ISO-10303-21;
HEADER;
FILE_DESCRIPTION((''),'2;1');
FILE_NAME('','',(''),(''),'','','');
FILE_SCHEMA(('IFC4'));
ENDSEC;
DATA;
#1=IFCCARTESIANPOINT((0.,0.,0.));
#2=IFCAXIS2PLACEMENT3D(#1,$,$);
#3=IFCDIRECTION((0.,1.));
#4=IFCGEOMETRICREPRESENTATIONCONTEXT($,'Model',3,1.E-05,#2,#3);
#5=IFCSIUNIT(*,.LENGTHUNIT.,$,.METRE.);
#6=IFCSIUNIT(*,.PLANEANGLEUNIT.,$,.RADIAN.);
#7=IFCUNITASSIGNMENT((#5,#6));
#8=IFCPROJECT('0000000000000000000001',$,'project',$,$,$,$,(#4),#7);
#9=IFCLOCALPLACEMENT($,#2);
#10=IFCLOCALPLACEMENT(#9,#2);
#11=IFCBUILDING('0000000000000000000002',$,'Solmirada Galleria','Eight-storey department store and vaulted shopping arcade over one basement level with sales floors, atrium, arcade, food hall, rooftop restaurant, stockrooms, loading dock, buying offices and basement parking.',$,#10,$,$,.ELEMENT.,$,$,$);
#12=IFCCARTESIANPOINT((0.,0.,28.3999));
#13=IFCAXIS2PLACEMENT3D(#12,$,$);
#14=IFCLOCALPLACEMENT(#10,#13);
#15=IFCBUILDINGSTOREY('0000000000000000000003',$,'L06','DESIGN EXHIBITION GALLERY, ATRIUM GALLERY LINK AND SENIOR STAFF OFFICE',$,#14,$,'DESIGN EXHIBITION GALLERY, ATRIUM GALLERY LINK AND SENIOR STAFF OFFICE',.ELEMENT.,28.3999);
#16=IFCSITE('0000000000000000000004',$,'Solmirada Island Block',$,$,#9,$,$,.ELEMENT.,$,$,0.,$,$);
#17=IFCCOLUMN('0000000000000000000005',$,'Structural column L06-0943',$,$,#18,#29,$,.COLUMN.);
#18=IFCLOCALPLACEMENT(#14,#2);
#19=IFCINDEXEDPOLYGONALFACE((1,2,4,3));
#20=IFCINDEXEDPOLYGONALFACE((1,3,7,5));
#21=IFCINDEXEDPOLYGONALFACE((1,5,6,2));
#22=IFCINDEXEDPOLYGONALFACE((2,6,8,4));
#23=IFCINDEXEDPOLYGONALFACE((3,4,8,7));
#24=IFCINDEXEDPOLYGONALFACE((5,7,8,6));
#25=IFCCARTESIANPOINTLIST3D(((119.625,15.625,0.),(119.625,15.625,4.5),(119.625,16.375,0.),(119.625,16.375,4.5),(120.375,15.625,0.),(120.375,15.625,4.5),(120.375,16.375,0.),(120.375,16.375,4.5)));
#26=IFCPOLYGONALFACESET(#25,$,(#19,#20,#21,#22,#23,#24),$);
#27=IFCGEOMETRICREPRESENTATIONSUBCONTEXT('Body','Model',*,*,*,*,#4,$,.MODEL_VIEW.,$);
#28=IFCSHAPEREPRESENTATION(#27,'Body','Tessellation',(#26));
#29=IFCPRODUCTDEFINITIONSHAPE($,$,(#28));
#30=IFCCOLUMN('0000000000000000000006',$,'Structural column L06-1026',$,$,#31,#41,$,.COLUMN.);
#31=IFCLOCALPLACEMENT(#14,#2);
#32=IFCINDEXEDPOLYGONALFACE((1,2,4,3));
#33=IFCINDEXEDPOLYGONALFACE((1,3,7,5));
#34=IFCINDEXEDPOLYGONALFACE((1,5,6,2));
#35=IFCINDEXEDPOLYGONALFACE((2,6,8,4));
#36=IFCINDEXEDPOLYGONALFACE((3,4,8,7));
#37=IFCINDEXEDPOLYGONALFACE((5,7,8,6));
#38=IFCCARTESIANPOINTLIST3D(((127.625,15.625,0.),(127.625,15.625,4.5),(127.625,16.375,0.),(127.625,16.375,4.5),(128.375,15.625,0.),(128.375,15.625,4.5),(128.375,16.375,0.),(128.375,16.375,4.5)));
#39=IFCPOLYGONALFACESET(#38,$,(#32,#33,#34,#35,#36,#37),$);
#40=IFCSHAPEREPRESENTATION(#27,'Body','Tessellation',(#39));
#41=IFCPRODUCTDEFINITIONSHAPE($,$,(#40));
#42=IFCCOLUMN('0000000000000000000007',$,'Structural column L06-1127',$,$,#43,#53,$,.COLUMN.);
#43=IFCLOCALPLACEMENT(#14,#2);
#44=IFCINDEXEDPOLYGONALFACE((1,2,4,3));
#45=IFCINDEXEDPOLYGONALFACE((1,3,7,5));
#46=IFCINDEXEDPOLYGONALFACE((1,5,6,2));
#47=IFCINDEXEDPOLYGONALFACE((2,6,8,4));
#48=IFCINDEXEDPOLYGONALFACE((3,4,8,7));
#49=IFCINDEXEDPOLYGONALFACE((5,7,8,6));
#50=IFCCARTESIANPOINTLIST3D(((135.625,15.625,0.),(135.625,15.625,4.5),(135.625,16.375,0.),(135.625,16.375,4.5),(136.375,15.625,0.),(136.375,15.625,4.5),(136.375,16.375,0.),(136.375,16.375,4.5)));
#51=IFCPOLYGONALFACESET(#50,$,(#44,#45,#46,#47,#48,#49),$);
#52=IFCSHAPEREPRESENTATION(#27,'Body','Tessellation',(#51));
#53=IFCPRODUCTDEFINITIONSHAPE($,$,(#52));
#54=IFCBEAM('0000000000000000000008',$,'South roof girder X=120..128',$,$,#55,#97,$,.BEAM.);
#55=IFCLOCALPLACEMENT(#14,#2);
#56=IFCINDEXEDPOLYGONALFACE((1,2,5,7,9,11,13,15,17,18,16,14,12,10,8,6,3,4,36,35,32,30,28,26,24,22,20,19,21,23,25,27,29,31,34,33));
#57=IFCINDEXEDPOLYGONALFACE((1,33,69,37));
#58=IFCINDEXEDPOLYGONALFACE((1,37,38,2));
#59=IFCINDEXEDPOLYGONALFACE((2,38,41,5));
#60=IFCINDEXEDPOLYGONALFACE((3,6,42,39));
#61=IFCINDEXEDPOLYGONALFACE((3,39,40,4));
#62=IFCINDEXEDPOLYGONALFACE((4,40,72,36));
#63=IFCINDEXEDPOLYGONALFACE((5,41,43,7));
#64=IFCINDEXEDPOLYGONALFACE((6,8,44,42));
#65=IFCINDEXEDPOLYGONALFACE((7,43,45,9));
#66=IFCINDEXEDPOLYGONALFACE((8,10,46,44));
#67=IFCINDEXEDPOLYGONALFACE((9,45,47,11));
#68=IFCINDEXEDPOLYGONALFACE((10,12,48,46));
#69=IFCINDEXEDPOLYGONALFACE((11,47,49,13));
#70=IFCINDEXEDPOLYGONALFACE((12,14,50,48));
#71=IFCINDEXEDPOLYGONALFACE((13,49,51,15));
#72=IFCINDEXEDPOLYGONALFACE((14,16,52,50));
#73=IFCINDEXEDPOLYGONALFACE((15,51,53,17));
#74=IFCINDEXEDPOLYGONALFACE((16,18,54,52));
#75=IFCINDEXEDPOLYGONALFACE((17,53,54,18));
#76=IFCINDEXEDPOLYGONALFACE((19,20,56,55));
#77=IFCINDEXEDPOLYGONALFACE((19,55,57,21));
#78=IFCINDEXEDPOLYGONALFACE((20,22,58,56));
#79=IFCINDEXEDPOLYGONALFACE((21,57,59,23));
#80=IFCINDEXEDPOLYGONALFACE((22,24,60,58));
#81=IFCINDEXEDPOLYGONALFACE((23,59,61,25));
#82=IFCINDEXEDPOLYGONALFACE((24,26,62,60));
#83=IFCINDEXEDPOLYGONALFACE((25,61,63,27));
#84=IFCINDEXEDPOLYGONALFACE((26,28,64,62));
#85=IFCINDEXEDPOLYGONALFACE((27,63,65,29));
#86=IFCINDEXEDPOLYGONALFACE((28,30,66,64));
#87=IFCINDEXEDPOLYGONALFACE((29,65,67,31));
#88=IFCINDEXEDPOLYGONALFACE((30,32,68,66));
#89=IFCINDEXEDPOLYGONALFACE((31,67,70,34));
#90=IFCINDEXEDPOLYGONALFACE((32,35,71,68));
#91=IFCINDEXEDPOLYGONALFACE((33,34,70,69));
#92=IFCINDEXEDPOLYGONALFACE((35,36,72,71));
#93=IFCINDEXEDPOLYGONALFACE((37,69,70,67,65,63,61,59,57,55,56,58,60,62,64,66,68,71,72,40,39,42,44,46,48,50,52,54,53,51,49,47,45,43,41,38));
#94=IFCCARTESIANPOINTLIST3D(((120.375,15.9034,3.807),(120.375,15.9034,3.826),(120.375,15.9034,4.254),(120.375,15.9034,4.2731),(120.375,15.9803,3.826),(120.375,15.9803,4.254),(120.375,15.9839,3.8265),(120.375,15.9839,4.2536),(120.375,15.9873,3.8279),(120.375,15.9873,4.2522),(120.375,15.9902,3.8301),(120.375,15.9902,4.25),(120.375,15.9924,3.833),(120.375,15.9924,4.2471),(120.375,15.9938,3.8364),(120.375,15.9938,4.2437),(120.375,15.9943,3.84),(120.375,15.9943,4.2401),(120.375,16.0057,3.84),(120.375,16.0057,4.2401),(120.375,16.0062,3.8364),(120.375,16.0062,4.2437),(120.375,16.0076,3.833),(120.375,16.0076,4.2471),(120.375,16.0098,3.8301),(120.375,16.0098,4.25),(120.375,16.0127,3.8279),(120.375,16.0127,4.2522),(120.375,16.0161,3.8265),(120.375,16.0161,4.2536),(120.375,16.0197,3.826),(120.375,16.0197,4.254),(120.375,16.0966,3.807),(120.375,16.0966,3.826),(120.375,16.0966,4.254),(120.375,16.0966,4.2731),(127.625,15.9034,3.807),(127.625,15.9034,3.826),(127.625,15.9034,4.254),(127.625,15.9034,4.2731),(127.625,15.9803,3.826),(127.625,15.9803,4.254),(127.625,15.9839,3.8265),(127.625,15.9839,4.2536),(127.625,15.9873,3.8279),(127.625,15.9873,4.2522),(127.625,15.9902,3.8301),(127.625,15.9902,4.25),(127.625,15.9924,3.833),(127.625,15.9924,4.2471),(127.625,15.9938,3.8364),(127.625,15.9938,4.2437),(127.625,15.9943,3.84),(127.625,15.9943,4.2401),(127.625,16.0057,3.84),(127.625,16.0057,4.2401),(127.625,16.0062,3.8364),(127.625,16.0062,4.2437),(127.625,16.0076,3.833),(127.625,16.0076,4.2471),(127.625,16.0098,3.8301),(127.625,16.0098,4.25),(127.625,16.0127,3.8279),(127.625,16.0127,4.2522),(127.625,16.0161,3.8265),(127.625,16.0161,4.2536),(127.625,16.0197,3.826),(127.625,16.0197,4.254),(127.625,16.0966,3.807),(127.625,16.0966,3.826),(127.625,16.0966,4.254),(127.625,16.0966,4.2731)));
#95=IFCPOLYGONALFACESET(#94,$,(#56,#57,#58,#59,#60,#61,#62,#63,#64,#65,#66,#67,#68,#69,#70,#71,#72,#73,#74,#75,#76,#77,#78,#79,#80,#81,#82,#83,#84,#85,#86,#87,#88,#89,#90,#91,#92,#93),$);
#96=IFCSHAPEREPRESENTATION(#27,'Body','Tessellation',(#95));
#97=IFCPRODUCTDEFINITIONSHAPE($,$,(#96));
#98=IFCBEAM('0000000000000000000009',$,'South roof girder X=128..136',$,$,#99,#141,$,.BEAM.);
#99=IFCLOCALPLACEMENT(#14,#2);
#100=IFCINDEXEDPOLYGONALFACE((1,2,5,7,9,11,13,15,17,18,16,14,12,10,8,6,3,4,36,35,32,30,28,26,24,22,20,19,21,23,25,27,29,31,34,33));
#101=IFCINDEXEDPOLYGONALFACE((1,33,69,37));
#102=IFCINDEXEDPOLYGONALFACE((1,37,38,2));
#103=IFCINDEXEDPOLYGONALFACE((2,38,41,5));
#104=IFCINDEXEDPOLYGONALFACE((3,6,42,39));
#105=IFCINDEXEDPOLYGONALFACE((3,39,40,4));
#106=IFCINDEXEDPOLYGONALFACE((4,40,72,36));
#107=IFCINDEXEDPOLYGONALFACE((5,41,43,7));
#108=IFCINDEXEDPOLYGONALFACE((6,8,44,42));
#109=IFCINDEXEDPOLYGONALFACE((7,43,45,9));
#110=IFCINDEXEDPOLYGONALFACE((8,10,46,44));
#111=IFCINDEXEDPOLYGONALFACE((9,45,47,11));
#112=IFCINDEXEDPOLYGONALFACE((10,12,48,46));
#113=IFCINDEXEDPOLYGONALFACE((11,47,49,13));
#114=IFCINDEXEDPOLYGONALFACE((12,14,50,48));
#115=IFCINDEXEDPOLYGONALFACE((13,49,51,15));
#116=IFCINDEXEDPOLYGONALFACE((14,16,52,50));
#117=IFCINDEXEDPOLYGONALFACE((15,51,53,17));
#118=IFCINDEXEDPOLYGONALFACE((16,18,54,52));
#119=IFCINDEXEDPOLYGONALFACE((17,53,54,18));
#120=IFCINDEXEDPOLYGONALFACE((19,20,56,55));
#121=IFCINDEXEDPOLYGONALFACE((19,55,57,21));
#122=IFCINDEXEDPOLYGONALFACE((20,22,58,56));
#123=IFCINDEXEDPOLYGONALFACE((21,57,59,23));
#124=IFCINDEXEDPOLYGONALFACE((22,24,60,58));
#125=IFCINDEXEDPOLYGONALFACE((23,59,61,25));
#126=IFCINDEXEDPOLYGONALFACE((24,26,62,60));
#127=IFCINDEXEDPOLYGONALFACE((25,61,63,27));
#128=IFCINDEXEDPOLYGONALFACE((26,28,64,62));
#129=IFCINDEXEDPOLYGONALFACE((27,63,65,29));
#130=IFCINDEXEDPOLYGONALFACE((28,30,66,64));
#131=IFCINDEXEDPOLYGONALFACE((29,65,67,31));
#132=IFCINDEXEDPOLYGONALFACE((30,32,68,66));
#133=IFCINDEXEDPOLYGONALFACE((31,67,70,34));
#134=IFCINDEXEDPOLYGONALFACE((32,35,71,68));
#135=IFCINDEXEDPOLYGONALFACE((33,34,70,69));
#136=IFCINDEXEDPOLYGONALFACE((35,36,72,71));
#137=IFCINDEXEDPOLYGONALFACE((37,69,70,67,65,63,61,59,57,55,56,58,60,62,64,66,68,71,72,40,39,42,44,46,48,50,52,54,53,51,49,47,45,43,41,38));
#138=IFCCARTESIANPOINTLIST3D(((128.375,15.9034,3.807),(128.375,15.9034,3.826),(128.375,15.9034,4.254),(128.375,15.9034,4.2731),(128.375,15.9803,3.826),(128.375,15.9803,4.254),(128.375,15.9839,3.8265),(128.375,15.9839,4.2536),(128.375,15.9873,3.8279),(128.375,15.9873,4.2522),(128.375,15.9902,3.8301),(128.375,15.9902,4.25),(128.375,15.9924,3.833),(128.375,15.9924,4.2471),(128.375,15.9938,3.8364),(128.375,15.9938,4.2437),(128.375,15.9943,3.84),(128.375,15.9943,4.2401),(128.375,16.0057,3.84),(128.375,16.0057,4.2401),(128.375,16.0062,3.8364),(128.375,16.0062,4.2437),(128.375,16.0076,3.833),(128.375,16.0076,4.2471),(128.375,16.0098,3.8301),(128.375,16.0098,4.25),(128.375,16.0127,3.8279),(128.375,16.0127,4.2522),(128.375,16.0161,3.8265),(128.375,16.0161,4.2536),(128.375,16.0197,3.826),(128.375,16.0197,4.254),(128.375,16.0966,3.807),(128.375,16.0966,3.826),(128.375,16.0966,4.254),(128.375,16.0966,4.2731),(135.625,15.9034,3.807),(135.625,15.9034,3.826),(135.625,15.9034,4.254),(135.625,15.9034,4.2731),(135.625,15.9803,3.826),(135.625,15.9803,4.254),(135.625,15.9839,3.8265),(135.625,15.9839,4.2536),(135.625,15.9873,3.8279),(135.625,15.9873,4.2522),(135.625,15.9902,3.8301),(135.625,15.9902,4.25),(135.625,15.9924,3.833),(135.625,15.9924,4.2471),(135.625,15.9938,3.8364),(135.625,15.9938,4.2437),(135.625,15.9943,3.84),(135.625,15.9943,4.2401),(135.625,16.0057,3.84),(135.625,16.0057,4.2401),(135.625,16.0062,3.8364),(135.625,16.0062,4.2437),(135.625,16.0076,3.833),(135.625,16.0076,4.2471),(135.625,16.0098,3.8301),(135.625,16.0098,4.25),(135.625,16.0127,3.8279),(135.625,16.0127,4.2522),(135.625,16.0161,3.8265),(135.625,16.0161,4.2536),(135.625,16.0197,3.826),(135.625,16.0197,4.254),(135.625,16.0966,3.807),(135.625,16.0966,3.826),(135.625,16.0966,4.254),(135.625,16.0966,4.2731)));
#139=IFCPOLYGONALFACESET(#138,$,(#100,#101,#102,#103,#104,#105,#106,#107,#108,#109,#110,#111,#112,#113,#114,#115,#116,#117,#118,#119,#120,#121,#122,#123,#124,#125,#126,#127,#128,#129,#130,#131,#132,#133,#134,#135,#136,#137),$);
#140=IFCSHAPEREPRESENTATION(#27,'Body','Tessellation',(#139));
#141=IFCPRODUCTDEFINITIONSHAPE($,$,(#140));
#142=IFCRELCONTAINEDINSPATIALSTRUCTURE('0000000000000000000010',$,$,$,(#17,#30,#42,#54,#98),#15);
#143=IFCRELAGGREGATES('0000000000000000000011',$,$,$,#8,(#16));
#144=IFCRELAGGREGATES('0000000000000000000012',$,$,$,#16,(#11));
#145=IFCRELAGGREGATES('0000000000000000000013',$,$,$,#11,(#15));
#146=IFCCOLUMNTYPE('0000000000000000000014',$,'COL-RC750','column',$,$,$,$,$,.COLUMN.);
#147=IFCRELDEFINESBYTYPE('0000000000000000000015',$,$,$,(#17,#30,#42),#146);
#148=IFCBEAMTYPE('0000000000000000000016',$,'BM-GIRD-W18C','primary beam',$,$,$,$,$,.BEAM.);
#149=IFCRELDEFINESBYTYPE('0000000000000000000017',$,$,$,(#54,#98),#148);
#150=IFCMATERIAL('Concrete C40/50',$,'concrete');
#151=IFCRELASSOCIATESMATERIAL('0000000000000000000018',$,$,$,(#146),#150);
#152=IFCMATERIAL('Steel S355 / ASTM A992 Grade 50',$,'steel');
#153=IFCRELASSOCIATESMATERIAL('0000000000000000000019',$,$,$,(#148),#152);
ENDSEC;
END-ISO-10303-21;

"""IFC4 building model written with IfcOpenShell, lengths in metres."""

from ifc_helpers import new_model, si_unit, direction, frame, origin, origin_2d, place, context, subcontext, project, spatial, rectangle, i_section, extrude, material, material_profile, profile_set, type_object, element, save


model = new_model("IFC4")

# Units and contexts
model_context = context("Model", 3, precision=1e-05, world=origin(), true_north=direction((0.0, 1.0)))
body_context = subcontext(model_context, "Body", "Model", "MODEL_VIEW")
ifc_project = project(units=[si_unit("LENGTHUNIT", "METRE"), si_unit("PLANEANGLEUNIT", "RADIAN")], contexts=[model_context])

# Site, building, storey
site_placement = place(None, origin())
site = spatial("IfcSite", under=ifc_project, at=site_placement, Name="Solmirada Island Block", CompositionType="ELEMENT", RefElevation=0.0)
building_placement = place(site_placement, origin())
building = spatial("IfcBuilding", under=site, at=building_placement, Name="Solmirada Galleria", Description="Eight-storey department store and vaulted shopping arcade over one basement level with sales floors, atrium, arcade, food hall, rooftop restaurant, stockrooms, loading dock, buying offices and basement parking.", CompositionType="ELEMENT")
storey_placement = place(building_placement, frame((0.0, 0.0, 28.3999)))
storey = spatial("IfcBuildingStorey", under=building, at=storey_placement, Name="L06", Description="DESIGN EXHIBITION GALLERY, ATRIUM GALLERY LINK AND SENIOR STAFF OFFICE", LongName="DESIGN EXHIBITION GALLERY, ATRIUM GALLERY LINK AND SENIOR STAFF OFFICE", CompositionType="ELEMENT", Elevation=28.3999)

# Columns
ifc_material_1 = material(Name="Concrete C40/50", Category="concrete")
ifc_material_profile_1 = material_profile(ifc_material_1, rectangle(XDim=0.75, YDim=0.75, at=origin_2d()), Name="RC750X750")
ifc_profile_set_1 = profile_set([ifc_material_profile_1], Name="Concrete C40/50")
column_type = type_object("IfcColumnType", Name="COL-RC750", Description="column", PredefinedType="COLUMN", material=ifc_profile_set_1)
for number, where, z_axis, x_axis, name in (
    (1, (120.0, 16.0, 0.0), (0.0, 0.0, 1.0), (1.0, 0.0, 0.0), "Structural column L06-0943"),
    (2, (128.0, 16.0, 0.0), (0.0, 0.0, 1.0), (1.0, 0.0, 0.0), "Structural column L06-1026"),
    (3, (136.0, 16.0, 0.0), (0.0, 0.0, 1.0), (1.0, 0.0, 0.0), "Structural column L06-1127"),
):
    element("IfcColumn", number, at=place(storey_placement, frame(where, z_axis=z_axis, x_axis=x_axis)), inside=storey, type_object=column_type, Name=name, PredefinedType="COLUMN", context=body_context, shape_type="SweptSolid", body=[
        extrude(rectangle(XDim=0.75, YDim=0.75, at=origin_2d()), origin(), (0.0, 0.0, 1.0), 4.5),
    ])

# Beams
ifc_material_2 = material(Name="Steel S355 / ASTM A992 Grade 50", Category="steel")
ifc_material_profile_2 = material_profile(ifc_material_2, i_section(OverallWidth=0.1931, OverallDepth=0.4661, WebThickness=0.0115, FlangeThickness=0.019, FilletRadius=0.0139, at=origin_2d()), Name="W18X65")
ifc_profile_set_2 = profile_set([ifc_material_profile_2], Name="Steel S355 / ASTM A992 Grade 50")
beam_type = type_object("IfcBeamType", Name="BM-GIRD-W18C", Description="primary beam", PredefinedType="BEAM", material=ifc_profile_set_2)
for number, where, z_axis, x_axis, name in (
    (4, (120.375, 16.0, 4.04), (1.0, 0.0, 0.0), (0.0, 1.0, 0.0), "South roof girder X=120..128"),
    (5, (128.375, 16.0, 4.04), (1.0, 0.0, 0.0), (0.0, 1.0, 0.0), "South roof girder X=128..136"),
):
    element("IfcBeam", number, at=place(storey_placement, frame(where, z_axis=z_axis, x_axis=x_axis)), inside=storey, type_object=beam_type, Name=name, PredefinedType="BEAM", context=body_context, shape_type="SweptSolid", body=[
        extrude(i_section(OverallWidth=0.1931, OverallDepth=0.4661, WebThickness=0.0115, FlangeThickness=0.019, FilletRadius=0.0139, at=origin_2d()), origin(), (0.0, 0.0, 1.0), 7.25),
    ])

save(model, "model.ifc")
